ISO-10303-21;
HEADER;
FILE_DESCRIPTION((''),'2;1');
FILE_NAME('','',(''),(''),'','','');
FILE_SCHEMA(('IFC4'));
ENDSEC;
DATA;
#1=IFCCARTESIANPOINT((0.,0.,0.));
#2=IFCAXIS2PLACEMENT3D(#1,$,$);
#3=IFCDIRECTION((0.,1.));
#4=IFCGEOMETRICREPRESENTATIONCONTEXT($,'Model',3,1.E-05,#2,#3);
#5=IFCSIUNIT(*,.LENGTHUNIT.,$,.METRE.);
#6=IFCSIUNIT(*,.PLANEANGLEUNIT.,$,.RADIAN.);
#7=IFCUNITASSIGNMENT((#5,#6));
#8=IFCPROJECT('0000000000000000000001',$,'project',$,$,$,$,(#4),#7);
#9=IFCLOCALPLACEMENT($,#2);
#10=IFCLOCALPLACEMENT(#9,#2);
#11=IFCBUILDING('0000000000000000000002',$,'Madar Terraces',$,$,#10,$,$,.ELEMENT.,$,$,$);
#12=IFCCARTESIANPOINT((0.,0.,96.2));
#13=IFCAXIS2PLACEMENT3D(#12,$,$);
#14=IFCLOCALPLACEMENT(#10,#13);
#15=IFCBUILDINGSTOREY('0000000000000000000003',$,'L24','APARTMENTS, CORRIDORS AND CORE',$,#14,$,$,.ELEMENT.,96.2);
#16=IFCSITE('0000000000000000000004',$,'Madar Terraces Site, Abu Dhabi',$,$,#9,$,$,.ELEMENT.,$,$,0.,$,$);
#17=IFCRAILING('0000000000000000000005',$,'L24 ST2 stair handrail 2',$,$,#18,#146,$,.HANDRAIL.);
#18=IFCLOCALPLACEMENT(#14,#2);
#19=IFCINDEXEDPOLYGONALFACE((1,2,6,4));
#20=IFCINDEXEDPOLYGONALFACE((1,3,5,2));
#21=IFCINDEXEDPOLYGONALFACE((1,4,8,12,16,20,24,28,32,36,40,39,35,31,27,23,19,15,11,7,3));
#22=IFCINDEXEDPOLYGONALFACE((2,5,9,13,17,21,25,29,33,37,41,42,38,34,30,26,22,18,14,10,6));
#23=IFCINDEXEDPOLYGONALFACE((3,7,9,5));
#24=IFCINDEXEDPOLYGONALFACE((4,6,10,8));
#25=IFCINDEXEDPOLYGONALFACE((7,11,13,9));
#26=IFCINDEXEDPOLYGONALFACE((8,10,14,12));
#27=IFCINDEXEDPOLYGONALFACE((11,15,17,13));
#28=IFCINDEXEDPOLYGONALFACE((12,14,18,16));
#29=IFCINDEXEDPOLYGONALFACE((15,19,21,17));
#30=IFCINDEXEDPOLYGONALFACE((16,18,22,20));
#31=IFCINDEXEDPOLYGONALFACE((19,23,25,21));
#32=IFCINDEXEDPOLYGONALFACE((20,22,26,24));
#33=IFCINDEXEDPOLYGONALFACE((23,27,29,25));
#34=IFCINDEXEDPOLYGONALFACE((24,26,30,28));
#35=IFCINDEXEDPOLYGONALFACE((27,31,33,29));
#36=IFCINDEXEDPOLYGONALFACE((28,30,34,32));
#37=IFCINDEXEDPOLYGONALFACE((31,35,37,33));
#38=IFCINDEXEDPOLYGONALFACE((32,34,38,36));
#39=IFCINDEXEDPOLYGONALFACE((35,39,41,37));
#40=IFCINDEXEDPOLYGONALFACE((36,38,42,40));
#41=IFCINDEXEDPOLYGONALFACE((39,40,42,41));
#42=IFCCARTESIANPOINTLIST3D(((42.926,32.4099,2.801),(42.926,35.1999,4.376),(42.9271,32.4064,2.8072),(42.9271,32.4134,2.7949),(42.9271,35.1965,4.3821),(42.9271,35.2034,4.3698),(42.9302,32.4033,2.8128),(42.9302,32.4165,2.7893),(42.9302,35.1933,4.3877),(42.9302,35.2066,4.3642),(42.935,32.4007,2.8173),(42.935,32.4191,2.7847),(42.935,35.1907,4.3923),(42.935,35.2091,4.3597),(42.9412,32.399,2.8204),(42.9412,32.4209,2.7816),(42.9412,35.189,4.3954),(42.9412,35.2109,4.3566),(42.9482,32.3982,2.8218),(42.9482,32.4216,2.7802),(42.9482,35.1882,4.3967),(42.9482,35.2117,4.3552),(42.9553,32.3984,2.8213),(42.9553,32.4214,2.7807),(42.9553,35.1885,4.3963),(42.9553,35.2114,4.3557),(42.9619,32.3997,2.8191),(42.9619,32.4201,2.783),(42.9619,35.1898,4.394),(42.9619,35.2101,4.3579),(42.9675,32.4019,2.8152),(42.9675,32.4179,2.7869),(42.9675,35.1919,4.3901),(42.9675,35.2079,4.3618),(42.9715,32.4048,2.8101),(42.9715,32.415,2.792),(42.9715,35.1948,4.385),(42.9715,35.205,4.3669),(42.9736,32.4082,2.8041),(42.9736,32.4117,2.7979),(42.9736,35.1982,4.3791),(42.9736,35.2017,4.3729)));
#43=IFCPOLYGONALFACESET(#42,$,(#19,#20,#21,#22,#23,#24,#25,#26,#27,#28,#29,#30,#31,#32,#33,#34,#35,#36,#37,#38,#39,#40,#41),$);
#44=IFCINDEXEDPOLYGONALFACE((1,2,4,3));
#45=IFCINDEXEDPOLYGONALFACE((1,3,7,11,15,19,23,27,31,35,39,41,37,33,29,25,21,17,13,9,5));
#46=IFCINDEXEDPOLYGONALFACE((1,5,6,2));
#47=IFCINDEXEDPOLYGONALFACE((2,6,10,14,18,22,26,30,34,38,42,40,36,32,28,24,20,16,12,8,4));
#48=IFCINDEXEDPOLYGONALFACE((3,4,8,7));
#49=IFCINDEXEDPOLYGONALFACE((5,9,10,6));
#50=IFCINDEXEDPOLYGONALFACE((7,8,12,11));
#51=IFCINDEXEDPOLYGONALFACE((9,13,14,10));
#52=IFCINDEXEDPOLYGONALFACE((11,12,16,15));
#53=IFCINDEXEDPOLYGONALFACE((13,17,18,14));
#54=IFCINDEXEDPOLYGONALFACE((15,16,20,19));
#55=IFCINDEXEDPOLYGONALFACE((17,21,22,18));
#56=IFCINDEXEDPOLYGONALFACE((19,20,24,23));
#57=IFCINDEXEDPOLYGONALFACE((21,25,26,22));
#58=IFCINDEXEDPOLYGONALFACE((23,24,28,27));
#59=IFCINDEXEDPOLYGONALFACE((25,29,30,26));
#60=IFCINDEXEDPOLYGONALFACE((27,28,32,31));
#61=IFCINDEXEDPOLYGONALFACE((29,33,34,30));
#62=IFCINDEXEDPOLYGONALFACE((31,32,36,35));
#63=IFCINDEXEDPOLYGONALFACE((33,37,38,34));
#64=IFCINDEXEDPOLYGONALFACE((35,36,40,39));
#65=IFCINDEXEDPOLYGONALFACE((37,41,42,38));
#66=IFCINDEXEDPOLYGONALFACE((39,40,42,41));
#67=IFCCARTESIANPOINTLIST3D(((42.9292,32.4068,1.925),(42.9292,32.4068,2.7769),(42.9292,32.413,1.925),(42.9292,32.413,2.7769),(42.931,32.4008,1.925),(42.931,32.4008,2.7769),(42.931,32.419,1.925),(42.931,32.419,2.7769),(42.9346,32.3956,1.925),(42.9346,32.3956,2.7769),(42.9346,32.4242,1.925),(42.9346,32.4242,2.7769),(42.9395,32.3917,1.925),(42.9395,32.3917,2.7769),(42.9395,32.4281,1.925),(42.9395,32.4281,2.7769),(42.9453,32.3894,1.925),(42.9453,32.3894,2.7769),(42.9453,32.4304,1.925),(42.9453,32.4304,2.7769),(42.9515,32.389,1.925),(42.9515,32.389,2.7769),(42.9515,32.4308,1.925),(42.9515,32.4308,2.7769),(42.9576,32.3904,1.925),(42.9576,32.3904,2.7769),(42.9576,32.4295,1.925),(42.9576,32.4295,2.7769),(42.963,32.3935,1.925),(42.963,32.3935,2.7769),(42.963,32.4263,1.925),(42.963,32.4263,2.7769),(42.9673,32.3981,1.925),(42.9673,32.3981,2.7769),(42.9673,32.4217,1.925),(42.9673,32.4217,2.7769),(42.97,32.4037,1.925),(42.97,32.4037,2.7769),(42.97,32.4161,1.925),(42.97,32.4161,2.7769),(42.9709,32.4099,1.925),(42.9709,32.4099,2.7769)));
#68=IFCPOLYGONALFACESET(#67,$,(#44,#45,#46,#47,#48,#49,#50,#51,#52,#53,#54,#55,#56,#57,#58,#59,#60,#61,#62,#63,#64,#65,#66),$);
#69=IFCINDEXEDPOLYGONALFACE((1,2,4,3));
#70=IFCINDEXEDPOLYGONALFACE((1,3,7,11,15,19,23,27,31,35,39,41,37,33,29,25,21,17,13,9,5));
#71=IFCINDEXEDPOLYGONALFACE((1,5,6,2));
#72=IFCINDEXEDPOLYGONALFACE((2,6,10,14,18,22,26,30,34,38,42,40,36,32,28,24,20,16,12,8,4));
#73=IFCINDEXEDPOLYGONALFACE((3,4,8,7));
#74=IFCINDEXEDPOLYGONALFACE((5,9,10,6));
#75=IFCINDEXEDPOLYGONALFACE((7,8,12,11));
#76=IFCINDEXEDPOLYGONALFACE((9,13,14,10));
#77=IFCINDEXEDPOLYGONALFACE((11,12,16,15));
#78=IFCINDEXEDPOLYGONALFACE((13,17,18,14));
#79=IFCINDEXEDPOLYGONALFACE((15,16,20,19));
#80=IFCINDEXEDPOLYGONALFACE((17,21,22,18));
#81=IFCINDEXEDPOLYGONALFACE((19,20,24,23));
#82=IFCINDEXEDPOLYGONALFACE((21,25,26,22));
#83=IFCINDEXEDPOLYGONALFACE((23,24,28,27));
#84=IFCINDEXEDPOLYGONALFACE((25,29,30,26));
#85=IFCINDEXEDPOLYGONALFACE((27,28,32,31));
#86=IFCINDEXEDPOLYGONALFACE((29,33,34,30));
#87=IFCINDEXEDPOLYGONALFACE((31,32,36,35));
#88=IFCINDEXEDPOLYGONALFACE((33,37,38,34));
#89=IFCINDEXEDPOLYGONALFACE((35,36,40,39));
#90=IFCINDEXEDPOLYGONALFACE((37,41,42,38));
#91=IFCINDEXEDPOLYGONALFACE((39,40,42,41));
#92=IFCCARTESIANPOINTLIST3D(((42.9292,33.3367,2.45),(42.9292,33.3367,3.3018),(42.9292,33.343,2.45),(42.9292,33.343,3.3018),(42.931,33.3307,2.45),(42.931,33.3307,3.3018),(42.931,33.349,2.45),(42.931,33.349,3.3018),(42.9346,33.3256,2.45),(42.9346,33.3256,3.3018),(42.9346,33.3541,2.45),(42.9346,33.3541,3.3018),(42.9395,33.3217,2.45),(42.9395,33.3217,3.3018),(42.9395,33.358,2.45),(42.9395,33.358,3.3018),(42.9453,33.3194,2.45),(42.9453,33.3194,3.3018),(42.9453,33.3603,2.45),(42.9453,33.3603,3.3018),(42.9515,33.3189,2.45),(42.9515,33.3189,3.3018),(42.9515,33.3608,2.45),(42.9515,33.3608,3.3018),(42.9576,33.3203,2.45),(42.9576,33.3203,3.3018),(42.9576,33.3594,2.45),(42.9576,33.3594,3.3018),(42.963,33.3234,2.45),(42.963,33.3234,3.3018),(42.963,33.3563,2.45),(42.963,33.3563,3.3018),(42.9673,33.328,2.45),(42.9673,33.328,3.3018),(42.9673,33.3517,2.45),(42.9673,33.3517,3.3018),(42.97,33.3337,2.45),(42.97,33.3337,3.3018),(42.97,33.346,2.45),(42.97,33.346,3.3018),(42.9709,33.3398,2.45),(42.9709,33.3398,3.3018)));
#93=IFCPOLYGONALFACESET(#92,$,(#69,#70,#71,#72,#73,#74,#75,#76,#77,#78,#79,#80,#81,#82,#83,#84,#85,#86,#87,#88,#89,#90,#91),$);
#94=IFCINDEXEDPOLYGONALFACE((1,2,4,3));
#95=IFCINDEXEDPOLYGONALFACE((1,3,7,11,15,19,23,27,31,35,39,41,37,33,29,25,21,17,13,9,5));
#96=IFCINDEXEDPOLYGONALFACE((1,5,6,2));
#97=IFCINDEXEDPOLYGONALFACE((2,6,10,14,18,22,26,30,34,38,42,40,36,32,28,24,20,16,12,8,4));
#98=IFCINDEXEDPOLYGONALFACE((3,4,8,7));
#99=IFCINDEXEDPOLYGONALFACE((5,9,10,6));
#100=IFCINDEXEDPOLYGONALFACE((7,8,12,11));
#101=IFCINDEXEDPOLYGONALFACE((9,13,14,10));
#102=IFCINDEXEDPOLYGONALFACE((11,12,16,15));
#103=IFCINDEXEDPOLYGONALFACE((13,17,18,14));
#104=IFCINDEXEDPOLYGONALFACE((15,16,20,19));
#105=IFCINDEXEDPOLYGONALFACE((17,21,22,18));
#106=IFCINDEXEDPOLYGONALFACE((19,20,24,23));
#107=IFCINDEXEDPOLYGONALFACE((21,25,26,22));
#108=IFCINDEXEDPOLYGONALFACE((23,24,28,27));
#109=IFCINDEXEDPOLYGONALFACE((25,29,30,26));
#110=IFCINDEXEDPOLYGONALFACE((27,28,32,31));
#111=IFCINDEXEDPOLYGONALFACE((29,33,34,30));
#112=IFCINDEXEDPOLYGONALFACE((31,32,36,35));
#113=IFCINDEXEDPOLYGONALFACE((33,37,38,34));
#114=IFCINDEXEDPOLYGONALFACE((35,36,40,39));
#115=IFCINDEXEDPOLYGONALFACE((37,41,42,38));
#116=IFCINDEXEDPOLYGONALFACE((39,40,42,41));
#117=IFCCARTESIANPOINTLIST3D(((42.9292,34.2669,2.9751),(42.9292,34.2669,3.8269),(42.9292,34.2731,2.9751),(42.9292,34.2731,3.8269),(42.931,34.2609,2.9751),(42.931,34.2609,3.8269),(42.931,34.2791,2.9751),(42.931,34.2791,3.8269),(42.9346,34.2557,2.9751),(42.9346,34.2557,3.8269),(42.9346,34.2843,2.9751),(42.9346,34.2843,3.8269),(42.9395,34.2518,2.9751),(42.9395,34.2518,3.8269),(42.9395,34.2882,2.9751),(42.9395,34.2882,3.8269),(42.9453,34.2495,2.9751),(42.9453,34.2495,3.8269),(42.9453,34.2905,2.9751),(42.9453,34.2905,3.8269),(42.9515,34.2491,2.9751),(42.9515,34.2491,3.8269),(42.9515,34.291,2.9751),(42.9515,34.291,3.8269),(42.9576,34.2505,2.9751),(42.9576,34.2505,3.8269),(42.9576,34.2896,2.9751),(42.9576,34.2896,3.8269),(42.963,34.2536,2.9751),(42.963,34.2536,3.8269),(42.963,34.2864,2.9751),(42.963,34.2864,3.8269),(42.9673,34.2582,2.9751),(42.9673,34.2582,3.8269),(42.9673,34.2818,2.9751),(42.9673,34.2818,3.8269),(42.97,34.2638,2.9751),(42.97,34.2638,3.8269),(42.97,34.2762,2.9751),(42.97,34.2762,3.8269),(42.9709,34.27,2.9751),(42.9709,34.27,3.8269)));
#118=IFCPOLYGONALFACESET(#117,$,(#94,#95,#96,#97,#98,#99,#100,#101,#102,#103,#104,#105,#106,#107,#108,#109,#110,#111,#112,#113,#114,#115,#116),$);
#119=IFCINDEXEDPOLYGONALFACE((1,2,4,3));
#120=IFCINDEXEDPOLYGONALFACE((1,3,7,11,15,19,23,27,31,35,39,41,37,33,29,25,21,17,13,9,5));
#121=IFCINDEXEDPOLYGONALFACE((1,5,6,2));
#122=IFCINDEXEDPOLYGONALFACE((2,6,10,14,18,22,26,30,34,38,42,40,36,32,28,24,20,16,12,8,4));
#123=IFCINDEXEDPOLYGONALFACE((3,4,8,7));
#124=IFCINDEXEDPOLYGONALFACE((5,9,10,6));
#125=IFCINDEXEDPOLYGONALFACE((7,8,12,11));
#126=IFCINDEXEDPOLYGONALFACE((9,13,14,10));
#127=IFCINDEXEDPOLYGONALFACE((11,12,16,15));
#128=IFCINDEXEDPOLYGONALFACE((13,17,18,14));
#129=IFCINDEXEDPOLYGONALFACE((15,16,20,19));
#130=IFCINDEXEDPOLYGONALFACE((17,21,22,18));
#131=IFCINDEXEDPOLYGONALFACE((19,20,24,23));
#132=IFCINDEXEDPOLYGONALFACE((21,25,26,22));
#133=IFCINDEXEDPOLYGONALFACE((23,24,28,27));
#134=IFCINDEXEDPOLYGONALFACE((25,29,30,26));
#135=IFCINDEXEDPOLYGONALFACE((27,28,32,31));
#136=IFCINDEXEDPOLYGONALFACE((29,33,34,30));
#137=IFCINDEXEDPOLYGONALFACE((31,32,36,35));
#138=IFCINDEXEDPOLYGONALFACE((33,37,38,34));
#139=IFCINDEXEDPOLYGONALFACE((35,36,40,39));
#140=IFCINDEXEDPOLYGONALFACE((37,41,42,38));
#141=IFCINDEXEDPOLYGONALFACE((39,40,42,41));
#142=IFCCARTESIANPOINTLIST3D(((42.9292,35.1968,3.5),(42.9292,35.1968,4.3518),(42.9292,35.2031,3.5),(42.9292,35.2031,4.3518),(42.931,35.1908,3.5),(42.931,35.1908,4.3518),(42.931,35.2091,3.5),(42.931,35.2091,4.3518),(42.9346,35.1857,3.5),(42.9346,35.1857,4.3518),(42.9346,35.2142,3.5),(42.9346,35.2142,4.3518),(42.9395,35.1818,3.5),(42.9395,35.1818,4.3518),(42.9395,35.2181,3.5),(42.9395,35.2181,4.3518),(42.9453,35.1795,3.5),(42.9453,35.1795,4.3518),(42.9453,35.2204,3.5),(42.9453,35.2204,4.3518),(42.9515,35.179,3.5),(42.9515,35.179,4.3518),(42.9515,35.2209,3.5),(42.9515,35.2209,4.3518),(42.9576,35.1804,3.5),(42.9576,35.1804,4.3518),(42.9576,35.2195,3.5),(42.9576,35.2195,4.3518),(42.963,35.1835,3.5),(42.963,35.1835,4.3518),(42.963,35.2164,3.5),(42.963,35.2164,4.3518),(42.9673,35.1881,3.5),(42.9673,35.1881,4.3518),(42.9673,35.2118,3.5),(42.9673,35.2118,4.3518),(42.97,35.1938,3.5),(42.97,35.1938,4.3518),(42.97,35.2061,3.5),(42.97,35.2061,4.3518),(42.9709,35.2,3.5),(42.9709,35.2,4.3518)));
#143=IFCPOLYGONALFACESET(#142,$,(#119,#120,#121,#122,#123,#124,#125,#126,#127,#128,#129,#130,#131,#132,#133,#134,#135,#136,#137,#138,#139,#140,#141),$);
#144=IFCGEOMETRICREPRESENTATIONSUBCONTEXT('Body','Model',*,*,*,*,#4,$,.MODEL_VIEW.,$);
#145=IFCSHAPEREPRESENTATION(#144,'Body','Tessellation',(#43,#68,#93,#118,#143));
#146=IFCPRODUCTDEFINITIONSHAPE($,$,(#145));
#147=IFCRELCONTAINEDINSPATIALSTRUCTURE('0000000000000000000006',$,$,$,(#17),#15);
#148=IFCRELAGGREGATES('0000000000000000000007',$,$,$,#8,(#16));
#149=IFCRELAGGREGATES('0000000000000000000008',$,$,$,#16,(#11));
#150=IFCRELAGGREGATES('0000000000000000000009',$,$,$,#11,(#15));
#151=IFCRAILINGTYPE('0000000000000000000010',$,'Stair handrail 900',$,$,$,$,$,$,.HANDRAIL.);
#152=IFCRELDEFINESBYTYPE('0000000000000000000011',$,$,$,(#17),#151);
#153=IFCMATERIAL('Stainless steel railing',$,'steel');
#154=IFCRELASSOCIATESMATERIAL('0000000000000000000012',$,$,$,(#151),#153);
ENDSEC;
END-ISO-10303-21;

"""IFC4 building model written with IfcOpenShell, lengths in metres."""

from ifc_helpers import new_model, si_unit, direction, frame, origin, origin_2d, place, context, subcontext, project, spatial, circle, extrude, material, type_object, element, save


model = new_model("IFC4")

# Units and contexts
model_context = context("Model", 3, precision=1e-05, world=origin(), true_north=direction((0.0, 1.0)))
body_context = subcontext(model_context, "Body", "Model", "MODEL_VIEW")
ifc_project = project(units=[si_unit("LENGTHUNIT", "METRE"), si_unit("PLANEANGLEUNIT", "RADIAN")], contexts=[model_context])

# Site, building, storey
site_placement = place(None, origin())
site = spatial("IfcSite", under=ifc_project, at=site_placement, Name="Madar Terraces Site, Abu Dhabi", CompositionType="ELEMENT", RefElevation=0.0)
building_placement = place(site_placement, origin())
building = spatial("IfcBuilding", under=site, at=building_placement, Name="Madar Terraces", CompositionType="ELEMENT")
storey_placement = place(building_placement, frame((0.0, 0.0, 96.2)))
storey = spatial("IfcBuildingStorey", under=building, at=storey_placement, Name="L24", Description="APARTMENTS, CORRIDORS AND CORE", CompositionType="ELEMENT", Elevation=96.2)

# Railing
ifc_material_1 = material(Name="Stainless steel railing", Category="steel")
railing_type_1 = type_object("IfcRailingType", Name="Stair handrail 900", PredefinedType="HANDRAIL", material=ifc_material_1)
railing_1_placement = place(storey_placement, frame((42.95, 32.4099, 1.925)))
element("IfcRailing", 1, at=railing_1_placement, inside=storey, type_object=railing_type_1, Name="L24 ST2 stair handrail 2", PredefinedType="HANDRAIL", context=body_context, shape_type="SweptSolid", body=[
    extrude(circle(Radius=0.0239, at=origin_2d()), frame((0.0, 0.0, 0.876), z_axis=(0.0, 0.870834, 0.491578), x_axis=(-1.0, 0.0, 0.0)), (0.0, 0.0, 1.0), 3.2039),
    extrude(circle(Radius=0.021, at=origin_2d()), origin(), (0.0, 0.0, 1.0), 0.8518),
    extrude(circle(Radius=0.021, at=origin_2d()), frame((0.0, 0.9299, 0.5249)), (0.0, 0.0, 1.0), 0.8518),
    extrude(circle(Radius=0.021, at=origin_2d()), frame((0.0, 1.8601, 1.05)), (0.0, 0.0, 1.0), 0.8518),
    extrude(circle(Radius=0.021, at=origin_2d()), frame((0.0, 2.79, 1.575)), (0.0, 0.0, 1.0), 0.8518),
])

save(model, "model.ifc")
